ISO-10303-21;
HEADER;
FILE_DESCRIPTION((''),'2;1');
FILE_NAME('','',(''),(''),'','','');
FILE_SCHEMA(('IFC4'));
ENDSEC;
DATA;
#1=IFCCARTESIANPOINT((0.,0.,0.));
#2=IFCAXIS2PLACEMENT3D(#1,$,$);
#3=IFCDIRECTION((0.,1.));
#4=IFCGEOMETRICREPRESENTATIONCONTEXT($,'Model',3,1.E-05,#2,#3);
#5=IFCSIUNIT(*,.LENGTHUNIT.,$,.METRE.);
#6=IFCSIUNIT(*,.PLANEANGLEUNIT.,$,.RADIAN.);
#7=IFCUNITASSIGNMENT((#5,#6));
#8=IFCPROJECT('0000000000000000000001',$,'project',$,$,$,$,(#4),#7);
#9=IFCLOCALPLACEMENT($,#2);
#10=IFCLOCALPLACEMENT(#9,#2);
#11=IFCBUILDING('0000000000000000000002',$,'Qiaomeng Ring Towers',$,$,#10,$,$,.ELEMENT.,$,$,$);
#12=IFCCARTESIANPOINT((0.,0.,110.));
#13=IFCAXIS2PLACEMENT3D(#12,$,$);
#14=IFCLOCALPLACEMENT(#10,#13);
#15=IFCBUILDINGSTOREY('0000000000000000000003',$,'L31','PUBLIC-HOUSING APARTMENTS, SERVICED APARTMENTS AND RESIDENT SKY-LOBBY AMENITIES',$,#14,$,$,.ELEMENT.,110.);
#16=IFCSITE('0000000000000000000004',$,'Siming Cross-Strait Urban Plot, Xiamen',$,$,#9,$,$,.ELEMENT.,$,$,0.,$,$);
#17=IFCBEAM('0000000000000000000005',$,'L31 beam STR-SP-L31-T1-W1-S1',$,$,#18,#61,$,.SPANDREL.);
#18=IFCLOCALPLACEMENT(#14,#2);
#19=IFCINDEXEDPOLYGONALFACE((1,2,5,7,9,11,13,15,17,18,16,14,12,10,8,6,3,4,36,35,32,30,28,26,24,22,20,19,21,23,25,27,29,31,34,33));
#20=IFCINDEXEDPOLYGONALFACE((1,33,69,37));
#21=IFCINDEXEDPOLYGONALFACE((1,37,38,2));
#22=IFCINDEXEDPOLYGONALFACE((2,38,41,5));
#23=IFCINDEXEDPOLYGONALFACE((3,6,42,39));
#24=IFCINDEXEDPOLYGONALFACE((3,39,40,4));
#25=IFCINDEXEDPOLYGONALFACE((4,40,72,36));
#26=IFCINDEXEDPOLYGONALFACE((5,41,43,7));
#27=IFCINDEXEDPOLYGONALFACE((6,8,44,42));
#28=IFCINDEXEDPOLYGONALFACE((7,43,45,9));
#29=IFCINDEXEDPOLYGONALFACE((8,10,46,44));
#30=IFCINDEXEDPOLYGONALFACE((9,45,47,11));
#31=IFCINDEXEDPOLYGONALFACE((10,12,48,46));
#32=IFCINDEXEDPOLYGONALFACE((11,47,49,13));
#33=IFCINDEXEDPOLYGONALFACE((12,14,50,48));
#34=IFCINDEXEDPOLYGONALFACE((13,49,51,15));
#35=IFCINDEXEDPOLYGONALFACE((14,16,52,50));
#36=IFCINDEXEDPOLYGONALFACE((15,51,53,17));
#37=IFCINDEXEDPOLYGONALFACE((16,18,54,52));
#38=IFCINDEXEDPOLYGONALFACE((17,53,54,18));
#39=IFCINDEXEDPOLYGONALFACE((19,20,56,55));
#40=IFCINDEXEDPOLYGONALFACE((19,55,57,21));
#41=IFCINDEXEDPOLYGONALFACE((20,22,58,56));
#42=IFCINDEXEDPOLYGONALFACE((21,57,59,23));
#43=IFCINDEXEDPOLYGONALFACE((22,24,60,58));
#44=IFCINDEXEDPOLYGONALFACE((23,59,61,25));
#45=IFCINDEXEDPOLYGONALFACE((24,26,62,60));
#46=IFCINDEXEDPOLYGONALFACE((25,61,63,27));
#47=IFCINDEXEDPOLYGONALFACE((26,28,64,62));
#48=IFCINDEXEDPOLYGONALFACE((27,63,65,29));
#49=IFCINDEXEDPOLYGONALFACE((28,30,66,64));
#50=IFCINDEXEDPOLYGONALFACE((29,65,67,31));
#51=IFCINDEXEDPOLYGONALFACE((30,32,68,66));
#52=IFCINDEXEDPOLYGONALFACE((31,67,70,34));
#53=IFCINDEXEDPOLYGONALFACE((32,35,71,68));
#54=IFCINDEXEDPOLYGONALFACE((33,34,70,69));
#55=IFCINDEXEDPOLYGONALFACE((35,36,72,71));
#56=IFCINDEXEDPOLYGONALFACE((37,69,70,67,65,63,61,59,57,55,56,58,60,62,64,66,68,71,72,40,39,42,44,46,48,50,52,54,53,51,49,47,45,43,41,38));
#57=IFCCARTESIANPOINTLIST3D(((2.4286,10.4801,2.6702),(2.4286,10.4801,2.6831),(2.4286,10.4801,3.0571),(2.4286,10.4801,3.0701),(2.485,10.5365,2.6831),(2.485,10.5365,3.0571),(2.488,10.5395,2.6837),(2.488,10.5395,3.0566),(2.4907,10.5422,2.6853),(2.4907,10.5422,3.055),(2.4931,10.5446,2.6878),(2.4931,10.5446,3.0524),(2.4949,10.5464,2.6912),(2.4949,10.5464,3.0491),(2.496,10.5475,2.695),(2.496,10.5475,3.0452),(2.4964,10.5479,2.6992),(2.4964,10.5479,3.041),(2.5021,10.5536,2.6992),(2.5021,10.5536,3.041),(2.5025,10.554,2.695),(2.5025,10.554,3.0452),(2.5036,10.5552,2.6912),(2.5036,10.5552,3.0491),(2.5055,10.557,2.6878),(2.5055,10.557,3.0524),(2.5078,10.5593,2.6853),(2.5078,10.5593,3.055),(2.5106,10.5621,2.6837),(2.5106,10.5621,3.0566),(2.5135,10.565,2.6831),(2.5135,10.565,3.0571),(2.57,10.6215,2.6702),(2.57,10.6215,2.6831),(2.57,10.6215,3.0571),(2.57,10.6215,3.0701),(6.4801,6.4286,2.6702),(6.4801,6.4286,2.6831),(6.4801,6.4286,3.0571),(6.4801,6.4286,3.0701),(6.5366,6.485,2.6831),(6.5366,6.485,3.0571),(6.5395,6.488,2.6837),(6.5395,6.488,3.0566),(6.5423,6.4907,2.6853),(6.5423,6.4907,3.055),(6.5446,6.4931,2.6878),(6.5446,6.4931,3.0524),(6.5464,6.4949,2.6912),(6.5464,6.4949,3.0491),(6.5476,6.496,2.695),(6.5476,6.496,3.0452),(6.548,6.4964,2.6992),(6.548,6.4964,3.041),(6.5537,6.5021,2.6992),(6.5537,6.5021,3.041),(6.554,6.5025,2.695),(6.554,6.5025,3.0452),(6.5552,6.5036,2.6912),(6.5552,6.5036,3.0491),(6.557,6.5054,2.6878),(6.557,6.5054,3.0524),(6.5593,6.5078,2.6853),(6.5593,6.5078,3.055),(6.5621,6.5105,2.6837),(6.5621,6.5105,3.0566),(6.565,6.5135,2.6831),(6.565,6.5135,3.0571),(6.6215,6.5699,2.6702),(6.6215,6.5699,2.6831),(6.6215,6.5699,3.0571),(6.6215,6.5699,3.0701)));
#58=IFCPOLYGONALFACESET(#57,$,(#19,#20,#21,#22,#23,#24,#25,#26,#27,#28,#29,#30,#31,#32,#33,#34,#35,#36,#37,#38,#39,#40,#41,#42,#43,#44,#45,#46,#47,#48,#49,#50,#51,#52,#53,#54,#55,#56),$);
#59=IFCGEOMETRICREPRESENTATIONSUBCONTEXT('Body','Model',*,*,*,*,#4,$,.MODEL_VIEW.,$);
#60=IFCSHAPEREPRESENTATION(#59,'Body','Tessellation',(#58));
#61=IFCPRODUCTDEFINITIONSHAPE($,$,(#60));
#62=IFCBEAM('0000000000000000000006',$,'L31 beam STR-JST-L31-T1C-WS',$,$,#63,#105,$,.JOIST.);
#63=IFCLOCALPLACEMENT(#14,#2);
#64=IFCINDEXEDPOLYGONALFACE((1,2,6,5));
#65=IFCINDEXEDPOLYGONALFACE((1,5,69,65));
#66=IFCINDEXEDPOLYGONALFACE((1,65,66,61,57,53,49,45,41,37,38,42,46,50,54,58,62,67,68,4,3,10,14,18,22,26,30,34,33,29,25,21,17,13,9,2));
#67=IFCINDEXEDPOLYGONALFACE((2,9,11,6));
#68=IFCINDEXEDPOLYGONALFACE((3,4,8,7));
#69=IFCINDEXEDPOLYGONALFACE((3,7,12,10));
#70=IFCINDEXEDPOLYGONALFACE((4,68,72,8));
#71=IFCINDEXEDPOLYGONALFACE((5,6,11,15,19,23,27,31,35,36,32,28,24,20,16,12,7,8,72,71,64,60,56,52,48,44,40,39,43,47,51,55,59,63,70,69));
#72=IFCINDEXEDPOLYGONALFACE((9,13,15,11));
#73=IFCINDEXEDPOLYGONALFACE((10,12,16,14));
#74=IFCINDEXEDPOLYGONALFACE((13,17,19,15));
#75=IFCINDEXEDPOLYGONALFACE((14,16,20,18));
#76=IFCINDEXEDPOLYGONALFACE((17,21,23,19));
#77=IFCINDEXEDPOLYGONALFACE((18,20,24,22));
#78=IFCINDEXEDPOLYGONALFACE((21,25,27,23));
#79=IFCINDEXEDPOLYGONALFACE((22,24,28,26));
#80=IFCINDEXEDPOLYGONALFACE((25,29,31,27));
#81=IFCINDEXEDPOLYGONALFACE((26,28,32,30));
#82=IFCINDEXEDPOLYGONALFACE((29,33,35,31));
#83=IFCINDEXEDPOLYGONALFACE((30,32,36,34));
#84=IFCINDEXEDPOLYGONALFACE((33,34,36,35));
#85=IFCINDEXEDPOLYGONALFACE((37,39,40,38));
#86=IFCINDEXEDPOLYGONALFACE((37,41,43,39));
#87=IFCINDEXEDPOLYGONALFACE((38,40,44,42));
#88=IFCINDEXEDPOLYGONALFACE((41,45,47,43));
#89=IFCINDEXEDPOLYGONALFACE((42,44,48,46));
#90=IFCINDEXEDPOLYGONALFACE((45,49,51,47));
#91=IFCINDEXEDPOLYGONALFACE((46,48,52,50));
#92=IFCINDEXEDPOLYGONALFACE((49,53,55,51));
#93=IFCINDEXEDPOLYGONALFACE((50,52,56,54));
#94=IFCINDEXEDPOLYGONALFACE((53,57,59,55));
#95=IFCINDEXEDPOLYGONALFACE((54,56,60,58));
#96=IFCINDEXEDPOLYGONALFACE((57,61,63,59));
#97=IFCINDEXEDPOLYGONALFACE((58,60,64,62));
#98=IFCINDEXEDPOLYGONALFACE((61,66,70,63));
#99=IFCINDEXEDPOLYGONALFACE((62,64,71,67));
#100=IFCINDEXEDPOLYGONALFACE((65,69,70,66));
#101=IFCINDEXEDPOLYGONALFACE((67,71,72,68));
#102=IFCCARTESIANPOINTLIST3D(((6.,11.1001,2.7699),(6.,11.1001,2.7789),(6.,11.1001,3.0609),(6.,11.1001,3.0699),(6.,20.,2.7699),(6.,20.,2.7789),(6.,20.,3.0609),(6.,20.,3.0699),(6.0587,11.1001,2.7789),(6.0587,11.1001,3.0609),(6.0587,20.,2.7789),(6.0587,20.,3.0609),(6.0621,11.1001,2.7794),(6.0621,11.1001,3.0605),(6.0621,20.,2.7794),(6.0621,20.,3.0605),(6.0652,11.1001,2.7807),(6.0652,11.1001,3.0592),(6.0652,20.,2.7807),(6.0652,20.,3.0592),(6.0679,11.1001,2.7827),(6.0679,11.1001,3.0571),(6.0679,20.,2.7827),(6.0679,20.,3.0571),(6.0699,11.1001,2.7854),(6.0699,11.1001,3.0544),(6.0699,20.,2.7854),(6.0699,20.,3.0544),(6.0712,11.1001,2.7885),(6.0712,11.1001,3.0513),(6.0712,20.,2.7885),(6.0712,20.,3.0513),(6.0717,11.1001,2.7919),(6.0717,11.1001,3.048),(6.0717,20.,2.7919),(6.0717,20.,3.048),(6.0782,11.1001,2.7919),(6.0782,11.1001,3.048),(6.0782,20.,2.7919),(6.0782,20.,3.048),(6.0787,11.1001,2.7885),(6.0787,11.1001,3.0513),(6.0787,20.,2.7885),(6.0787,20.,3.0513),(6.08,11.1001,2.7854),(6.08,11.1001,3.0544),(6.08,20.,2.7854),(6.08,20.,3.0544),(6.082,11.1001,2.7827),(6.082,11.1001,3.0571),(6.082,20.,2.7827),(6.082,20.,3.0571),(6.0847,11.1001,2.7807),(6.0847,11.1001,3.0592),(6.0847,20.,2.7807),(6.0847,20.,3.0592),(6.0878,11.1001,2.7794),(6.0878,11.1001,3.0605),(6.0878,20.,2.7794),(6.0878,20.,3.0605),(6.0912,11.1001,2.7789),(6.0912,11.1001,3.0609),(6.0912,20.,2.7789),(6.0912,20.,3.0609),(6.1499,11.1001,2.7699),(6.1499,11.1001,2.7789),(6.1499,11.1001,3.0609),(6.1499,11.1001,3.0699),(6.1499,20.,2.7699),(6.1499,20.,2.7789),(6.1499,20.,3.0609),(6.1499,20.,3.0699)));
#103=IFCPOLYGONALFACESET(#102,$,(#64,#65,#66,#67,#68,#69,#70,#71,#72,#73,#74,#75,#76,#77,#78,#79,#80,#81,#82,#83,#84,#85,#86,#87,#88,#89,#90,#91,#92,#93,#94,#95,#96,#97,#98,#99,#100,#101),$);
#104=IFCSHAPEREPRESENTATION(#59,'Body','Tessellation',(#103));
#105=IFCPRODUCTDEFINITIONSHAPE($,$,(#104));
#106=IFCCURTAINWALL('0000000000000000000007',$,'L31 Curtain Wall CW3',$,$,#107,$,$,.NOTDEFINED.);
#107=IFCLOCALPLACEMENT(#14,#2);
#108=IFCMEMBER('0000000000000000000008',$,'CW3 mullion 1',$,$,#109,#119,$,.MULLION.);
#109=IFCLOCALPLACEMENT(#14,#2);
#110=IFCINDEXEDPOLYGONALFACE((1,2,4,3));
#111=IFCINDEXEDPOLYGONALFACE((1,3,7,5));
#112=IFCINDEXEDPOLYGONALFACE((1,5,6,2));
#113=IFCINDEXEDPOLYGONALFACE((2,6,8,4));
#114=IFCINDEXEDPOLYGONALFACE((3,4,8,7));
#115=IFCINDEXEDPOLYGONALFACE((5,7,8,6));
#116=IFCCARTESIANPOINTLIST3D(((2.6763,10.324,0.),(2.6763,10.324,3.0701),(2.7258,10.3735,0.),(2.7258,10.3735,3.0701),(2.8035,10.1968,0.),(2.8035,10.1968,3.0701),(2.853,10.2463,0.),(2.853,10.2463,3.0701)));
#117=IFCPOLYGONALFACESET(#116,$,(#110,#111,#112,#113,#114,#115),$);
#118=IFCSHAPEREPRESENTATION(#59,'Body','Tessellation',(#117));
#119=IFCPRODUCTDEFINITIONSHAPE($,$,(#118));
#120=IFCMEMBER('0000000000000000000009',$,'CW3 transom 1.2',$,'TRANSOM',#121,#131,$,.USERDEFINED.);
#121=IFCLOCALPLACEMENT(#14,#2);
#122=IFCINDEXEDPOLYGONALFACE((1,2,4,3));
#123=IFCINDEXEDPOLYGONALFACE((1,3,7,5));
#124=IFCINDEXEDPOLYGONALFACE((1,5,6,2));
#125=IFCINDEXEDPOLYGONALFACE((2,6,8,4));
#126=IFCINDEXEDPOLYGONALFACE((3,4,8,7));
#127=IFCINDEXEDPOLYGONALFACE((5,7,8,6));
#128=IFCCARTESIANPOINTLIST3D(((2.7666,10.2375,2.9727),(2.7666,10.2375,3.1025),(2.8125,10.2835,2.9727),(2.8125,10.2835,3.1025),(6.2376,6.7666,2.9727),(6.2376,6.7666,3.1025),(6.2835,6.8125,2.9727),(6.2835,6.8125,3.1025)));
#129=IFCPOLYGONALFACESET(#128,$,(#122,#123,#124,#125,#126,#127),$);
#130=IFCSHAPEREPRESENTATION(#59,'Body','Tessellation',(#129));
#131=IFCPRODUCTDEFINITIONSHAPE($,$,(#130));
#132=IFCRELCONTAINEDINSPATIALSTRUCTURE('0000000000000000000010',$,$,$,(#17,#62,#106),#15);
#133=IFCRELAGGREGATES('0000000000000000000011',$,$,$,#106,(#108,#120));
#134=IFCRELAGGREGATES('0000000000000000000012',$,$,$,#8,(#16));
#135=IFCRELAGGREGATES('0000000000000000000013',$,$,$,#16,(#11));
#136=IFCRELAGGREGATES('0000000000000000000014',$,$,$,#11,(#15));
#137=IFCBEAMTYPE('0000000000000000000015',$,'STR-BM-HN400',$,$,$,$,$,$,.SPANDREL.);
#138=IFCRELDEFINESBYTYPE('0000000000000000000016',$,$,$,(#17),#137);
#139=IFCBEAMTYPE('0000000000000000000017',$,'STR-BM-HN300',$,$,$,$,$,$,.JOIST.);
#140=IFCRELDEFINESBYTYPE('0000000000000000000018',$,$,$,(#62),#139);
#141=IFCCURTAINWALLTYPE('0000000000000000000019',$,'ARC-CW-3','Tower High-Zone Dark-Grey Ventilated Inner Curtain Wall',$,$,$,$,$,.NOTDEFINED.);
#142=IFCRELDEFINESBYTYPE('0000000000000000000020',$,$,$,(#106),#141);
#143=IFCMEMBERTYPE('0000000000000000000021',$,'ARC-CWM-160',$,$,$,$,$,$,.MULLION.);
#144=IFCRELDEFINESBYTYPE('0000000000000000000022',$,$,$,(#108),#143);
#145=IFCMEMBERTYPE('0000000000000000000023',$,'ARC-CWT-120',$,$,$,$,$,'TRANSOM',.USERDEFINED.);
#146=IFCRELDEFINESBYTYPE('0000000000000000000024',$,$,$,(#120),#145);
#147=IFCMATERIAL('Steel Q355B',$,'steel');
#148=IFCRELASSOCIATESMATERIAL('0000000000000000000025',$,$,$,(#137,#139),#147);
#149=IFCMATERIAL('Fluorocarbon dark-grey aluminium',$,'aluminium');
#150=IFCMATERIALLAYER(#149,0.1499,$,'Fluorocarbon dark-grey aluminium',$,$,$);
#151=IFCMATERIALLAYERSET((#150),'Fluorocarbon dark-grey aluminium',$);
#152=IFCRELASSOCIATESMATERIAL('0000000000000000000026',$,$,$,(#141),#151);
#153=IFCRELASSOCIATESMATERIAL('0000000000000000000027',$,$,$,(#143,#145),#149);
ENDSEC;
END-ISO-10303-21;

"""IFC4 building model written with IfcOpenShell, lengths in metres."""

from ifc_helpers import new_model, si_unit, direction, frame, origin, origin_2d, place, context, subcontext, project, spatial, rectangle, i_section, extrude, source, transform, mapped, material, layer, layer_set, material_profile, profile_set, type_object, element, aggregate, save


model = new_model("IFC4")

# Units and contexts
model_context = context("Model", 3, precision=1e-05, world=origin(), true_north=direction((0.0, 1.0)))
body_context = subcontext(model_context, "Body", "Model", "MODEL_VIEW")
ifc_project = project(units=[si_unit("LENGTHUNIT", "METRE"), si_unit("PLANEANGLEUNIT", "RADIAN")], contexts=[model_context])

# Site, building, storey
site_placement = place(None, origin())
site = spatial("IfcSite", under=ifc_project, at=site_placement, Name="Siming Cross-Strait Urban Plot, Xiamen", CompositionType="ELEMENT", RefElevation=0.0)
building_placement = place(site_placement, origin())
building = spatial("IfcBuilding", under=site, at=building_placement, Name="Qiaomeng Ring Towers", CompositionType="ELEMENT")
storey_placement = place(building_placement, frame((0.0, 0.0, 110.0)))
storey = spatial("IfcBuildingStorey", under=building, at=storey_placement, Name="L31", Description="PUBLIC-HOUSING APARTMENTS, SERVICED APARTMENTS AND RESIDENT SKY-LOBBY AMENITIES", CompositionType="ELEMENT", Elevation=110.0)

# Beams
ifc_material_1 = material(Name="Steel Q355B", Category="steel")
ifc_material_profile_1 = material_profile(ifc_material_1, i_section(OverallWidth=0.2, OverallDepth=0.3999, WebThickness=0.0081, FlangeThickness=0.0129, FilletRadius=0.0161, at=origin_2d()), Name="HN 400x200x8x13")
ifc_profile_set_1 = profile_set([ifc_material_profile_1], Name="Steel Q355B")
beam_type_1 = type_object("IfcBeamType", Name="STR-BM-HN400", PredefinedType="SPANDREL", material=ifc_profile_set_1)
shared_shape_1 = source(origin(), body_context, "Body", "SweptSolid", [
    extrude(i_section(OverallWidth=0.2, OverallDepth=0.3999, WebThickness=0.0081, FlangeThickness=0.0129, FilletRadius=0.0161, at=origin_2d()), origin(), (0.0, 0.0, 1.0), 5.7297),
])
beam_1_placement = place(storey_placement, frame((2.4993, 10.5508, 2.8701), z_axis=(0.707107, -0.707107, 0.0), x_axis=(0.707107, 0.707107, 0.0)))
element("IfcBeam", 1, at=beam_1_placement, inside=storey, type_object=beam_type_1, Name="L31 beam STR-SP-L31-T1-W1-S1", PredefinedType="SPANDREL", context=body_context, shape_type="MappedRepresentation", body=[
    mapped(shared_shape_1, transform((0.0, 0.0, 0.0), x_axis=(1.0, 0.0, 0.0), y_axis=(0.0, 1.0, 0.0), z_axis=(0.0, 0.0, 1.0), scale=1.0)),
])
ifc_material_profile_2 = material_profile(ifc_material_1, i_section(OverallWidth=0.1499, OverallDepth=0.3, WebThickness=0.0066, FlangeThickness=0.009, FilletRadius=0.0129, at=origin_2d()), Name="HN 300x150x6.5x9")
ifc_profile_set_2 = profile_set([ifc_material_profile_2], Name="Steel Q355B")
beam_type_2 = type_object("IfcBeamType", Name="STR-BM-HN300", PredefinedType="JOIST", material=ifc_profile_set_2)
shared_shape_2 = source(origin(), body_context, "Body", "SweptSolid", [
    extrude(i_section(OverallWidth=0.1499, OverallDepth=0.3, WebThickness=0.0066, FlangeThickness=0.009, FilletRadius=0.0129, at=origin_2d()), origin(), (0.0, 0.0, 1.0), 8.8999),
])
beam_2_placement = place(storey_placement, frame((6.075, 11.1001, 2.9199), z_axis=(0.0, 1.0, 0.0), x_axis=(-1.0, 0.0, 0.0)))
element("IfcBeam", 2, at=beam_2_placement, inside=storey, type_object=beam_type_2, Name="L31 beam STR-JST-L31-T1C-WS", PredefinedType="JOIST", context=body_context, shape_type="MappedRepresentation", body=[
    mapped(shared_shape_2, transform((0.0, 0.0, 0.0), x_axis=(1.0, 0.0, 0.0), y_axis=(0.0, 1.0, 0.0), z_axis=(0.0, 0.0, 1.0), scale=1.0)),
])

# Curtain wall, members
ifc_material_2 = material(Name="Fluorocarbon dark-grey aluminium", Category="aluminium")
ifc_layer_1 = layer(ifc_material_2, 0.1499, Name="Fluorocarbon dark-grey aluminium")
ifc_layer_set_1 = layer_set([ifc_layer_1], Name="Fluorocarbon dark-grey aluminium")
curtain_wall_type = type_object("IfcCurtainWallType", Name="ARC-CW-3", Description="Tower High-Zone Dark-Grey Ventilated Inner Curtain Wall", PredefinedType="NOTDEFINED", material=ifc_layer_set_1)
curtain_wall_placement = place(storey_placement, origin())
curtain_wall = element("IfcCurtainWall", 3, at=curtain_wall_placement, inside=storey, type_object=curtain_wall_type, Name="L31 Curtain Wall CW3", PredefinedType="NOTDEFINED")
ifc_material_profile_3 = material_profile(ifc_material_2, rectangle(XDim=0.0701, YDim=0.1799, at=origin_2d()), Name="ALU MULL 70x180")
ifc_profile_set_3 = profile_set([ifc_material_profile_3], Name="Fluorocarbon dark-grey aluminium")
member_type_1 = type_object("IfcMemberType", Name="ARC-CWM-160", PredefinedType="MULLION", material=ifc_profile_set_3)
shared_shape_3 = source(origin(), body_context, "Body", "SweptSolid", [
    extrude(rectangle(XDim=0.0701, YDim=0.1799, at=origin_2d()), origin(), (0.0, 0.0, 1.0), 3.0701),
])
member_1_placement = place(storey_placement, frame((2.7646, 10.2852, 0.0), z_axis=(0.0, 0.0, 1.0), x_axis=(0.707107, 0.707107, 0.0)))
member_1 = element("IfcMember", 4, at=member_1_placement, type_object=member_type_1, Name="CW3 mullion 1", PredefinedType="MULLION", context=body_context, shape_type="MappedRepresentation", body=[
    mapped(shared_shape_3, transform((0.0, 0.0, 0.0), x_axis=(1.0, 0.0, 0.0), y_axis=(0.0, 1.0, 0.0), z_axis=(0.0, 0.0, 1.0), scale=1.0)),
])
ifc_material_profile_4 = material_profile(ifc_material_2, rectangle(XDim=0.0649, YDim=0.1299, at=origin_2d()), Name="ALU TRAN 65x130")
ifc_profile_set_4 = profile_set([ifc_material_profile_4], Name="Fluorocarbon dark-grey aluminium")
member_type_2 = type_object("IfcMemberType", Name="ARC-CWT-120", ElementType="TRANSOM", PredefinedType="USERDEFINED", material=ifc_profile_set_4)
shared_shape_4 = source(origin(), body_context, "Body", "SweptSolid", [
    extrude(rectangle(XDim=0.0649, YDim=0.1299, at=origin_2d()), origin(), (0.0, 0.0, 1.0), 4.9087),
])
member_2_placement = place(storey_placement, frame((2.7896, 10.2605, 3.0376), z_axis=(0.707107, -0.707107, 0.0), x_axis=(0.707107, 0.707107, 0.0)))
member_2 = element("IfcMember", 5, at=member_2_placement, type_object=member_type_2, Name="CW3 transom 1.2", ObjectType="TRANSOM", PredefinedType="USERDEFINED", context=body_context, shape_type="MappedRepresentation", body=[
    mapped(shared_shape_4, transform((0.0, 0.0, 0.0), x_axis=(1.0, 0.0, 0.0), y_axis=(0.0, 1.0, 0.0), z_axis=(0.0, 0.0, 1.0), scale=1.0)),
])
aggregate(curtain_wall, [member_1, member_2])

save(model, "model.ifc")
